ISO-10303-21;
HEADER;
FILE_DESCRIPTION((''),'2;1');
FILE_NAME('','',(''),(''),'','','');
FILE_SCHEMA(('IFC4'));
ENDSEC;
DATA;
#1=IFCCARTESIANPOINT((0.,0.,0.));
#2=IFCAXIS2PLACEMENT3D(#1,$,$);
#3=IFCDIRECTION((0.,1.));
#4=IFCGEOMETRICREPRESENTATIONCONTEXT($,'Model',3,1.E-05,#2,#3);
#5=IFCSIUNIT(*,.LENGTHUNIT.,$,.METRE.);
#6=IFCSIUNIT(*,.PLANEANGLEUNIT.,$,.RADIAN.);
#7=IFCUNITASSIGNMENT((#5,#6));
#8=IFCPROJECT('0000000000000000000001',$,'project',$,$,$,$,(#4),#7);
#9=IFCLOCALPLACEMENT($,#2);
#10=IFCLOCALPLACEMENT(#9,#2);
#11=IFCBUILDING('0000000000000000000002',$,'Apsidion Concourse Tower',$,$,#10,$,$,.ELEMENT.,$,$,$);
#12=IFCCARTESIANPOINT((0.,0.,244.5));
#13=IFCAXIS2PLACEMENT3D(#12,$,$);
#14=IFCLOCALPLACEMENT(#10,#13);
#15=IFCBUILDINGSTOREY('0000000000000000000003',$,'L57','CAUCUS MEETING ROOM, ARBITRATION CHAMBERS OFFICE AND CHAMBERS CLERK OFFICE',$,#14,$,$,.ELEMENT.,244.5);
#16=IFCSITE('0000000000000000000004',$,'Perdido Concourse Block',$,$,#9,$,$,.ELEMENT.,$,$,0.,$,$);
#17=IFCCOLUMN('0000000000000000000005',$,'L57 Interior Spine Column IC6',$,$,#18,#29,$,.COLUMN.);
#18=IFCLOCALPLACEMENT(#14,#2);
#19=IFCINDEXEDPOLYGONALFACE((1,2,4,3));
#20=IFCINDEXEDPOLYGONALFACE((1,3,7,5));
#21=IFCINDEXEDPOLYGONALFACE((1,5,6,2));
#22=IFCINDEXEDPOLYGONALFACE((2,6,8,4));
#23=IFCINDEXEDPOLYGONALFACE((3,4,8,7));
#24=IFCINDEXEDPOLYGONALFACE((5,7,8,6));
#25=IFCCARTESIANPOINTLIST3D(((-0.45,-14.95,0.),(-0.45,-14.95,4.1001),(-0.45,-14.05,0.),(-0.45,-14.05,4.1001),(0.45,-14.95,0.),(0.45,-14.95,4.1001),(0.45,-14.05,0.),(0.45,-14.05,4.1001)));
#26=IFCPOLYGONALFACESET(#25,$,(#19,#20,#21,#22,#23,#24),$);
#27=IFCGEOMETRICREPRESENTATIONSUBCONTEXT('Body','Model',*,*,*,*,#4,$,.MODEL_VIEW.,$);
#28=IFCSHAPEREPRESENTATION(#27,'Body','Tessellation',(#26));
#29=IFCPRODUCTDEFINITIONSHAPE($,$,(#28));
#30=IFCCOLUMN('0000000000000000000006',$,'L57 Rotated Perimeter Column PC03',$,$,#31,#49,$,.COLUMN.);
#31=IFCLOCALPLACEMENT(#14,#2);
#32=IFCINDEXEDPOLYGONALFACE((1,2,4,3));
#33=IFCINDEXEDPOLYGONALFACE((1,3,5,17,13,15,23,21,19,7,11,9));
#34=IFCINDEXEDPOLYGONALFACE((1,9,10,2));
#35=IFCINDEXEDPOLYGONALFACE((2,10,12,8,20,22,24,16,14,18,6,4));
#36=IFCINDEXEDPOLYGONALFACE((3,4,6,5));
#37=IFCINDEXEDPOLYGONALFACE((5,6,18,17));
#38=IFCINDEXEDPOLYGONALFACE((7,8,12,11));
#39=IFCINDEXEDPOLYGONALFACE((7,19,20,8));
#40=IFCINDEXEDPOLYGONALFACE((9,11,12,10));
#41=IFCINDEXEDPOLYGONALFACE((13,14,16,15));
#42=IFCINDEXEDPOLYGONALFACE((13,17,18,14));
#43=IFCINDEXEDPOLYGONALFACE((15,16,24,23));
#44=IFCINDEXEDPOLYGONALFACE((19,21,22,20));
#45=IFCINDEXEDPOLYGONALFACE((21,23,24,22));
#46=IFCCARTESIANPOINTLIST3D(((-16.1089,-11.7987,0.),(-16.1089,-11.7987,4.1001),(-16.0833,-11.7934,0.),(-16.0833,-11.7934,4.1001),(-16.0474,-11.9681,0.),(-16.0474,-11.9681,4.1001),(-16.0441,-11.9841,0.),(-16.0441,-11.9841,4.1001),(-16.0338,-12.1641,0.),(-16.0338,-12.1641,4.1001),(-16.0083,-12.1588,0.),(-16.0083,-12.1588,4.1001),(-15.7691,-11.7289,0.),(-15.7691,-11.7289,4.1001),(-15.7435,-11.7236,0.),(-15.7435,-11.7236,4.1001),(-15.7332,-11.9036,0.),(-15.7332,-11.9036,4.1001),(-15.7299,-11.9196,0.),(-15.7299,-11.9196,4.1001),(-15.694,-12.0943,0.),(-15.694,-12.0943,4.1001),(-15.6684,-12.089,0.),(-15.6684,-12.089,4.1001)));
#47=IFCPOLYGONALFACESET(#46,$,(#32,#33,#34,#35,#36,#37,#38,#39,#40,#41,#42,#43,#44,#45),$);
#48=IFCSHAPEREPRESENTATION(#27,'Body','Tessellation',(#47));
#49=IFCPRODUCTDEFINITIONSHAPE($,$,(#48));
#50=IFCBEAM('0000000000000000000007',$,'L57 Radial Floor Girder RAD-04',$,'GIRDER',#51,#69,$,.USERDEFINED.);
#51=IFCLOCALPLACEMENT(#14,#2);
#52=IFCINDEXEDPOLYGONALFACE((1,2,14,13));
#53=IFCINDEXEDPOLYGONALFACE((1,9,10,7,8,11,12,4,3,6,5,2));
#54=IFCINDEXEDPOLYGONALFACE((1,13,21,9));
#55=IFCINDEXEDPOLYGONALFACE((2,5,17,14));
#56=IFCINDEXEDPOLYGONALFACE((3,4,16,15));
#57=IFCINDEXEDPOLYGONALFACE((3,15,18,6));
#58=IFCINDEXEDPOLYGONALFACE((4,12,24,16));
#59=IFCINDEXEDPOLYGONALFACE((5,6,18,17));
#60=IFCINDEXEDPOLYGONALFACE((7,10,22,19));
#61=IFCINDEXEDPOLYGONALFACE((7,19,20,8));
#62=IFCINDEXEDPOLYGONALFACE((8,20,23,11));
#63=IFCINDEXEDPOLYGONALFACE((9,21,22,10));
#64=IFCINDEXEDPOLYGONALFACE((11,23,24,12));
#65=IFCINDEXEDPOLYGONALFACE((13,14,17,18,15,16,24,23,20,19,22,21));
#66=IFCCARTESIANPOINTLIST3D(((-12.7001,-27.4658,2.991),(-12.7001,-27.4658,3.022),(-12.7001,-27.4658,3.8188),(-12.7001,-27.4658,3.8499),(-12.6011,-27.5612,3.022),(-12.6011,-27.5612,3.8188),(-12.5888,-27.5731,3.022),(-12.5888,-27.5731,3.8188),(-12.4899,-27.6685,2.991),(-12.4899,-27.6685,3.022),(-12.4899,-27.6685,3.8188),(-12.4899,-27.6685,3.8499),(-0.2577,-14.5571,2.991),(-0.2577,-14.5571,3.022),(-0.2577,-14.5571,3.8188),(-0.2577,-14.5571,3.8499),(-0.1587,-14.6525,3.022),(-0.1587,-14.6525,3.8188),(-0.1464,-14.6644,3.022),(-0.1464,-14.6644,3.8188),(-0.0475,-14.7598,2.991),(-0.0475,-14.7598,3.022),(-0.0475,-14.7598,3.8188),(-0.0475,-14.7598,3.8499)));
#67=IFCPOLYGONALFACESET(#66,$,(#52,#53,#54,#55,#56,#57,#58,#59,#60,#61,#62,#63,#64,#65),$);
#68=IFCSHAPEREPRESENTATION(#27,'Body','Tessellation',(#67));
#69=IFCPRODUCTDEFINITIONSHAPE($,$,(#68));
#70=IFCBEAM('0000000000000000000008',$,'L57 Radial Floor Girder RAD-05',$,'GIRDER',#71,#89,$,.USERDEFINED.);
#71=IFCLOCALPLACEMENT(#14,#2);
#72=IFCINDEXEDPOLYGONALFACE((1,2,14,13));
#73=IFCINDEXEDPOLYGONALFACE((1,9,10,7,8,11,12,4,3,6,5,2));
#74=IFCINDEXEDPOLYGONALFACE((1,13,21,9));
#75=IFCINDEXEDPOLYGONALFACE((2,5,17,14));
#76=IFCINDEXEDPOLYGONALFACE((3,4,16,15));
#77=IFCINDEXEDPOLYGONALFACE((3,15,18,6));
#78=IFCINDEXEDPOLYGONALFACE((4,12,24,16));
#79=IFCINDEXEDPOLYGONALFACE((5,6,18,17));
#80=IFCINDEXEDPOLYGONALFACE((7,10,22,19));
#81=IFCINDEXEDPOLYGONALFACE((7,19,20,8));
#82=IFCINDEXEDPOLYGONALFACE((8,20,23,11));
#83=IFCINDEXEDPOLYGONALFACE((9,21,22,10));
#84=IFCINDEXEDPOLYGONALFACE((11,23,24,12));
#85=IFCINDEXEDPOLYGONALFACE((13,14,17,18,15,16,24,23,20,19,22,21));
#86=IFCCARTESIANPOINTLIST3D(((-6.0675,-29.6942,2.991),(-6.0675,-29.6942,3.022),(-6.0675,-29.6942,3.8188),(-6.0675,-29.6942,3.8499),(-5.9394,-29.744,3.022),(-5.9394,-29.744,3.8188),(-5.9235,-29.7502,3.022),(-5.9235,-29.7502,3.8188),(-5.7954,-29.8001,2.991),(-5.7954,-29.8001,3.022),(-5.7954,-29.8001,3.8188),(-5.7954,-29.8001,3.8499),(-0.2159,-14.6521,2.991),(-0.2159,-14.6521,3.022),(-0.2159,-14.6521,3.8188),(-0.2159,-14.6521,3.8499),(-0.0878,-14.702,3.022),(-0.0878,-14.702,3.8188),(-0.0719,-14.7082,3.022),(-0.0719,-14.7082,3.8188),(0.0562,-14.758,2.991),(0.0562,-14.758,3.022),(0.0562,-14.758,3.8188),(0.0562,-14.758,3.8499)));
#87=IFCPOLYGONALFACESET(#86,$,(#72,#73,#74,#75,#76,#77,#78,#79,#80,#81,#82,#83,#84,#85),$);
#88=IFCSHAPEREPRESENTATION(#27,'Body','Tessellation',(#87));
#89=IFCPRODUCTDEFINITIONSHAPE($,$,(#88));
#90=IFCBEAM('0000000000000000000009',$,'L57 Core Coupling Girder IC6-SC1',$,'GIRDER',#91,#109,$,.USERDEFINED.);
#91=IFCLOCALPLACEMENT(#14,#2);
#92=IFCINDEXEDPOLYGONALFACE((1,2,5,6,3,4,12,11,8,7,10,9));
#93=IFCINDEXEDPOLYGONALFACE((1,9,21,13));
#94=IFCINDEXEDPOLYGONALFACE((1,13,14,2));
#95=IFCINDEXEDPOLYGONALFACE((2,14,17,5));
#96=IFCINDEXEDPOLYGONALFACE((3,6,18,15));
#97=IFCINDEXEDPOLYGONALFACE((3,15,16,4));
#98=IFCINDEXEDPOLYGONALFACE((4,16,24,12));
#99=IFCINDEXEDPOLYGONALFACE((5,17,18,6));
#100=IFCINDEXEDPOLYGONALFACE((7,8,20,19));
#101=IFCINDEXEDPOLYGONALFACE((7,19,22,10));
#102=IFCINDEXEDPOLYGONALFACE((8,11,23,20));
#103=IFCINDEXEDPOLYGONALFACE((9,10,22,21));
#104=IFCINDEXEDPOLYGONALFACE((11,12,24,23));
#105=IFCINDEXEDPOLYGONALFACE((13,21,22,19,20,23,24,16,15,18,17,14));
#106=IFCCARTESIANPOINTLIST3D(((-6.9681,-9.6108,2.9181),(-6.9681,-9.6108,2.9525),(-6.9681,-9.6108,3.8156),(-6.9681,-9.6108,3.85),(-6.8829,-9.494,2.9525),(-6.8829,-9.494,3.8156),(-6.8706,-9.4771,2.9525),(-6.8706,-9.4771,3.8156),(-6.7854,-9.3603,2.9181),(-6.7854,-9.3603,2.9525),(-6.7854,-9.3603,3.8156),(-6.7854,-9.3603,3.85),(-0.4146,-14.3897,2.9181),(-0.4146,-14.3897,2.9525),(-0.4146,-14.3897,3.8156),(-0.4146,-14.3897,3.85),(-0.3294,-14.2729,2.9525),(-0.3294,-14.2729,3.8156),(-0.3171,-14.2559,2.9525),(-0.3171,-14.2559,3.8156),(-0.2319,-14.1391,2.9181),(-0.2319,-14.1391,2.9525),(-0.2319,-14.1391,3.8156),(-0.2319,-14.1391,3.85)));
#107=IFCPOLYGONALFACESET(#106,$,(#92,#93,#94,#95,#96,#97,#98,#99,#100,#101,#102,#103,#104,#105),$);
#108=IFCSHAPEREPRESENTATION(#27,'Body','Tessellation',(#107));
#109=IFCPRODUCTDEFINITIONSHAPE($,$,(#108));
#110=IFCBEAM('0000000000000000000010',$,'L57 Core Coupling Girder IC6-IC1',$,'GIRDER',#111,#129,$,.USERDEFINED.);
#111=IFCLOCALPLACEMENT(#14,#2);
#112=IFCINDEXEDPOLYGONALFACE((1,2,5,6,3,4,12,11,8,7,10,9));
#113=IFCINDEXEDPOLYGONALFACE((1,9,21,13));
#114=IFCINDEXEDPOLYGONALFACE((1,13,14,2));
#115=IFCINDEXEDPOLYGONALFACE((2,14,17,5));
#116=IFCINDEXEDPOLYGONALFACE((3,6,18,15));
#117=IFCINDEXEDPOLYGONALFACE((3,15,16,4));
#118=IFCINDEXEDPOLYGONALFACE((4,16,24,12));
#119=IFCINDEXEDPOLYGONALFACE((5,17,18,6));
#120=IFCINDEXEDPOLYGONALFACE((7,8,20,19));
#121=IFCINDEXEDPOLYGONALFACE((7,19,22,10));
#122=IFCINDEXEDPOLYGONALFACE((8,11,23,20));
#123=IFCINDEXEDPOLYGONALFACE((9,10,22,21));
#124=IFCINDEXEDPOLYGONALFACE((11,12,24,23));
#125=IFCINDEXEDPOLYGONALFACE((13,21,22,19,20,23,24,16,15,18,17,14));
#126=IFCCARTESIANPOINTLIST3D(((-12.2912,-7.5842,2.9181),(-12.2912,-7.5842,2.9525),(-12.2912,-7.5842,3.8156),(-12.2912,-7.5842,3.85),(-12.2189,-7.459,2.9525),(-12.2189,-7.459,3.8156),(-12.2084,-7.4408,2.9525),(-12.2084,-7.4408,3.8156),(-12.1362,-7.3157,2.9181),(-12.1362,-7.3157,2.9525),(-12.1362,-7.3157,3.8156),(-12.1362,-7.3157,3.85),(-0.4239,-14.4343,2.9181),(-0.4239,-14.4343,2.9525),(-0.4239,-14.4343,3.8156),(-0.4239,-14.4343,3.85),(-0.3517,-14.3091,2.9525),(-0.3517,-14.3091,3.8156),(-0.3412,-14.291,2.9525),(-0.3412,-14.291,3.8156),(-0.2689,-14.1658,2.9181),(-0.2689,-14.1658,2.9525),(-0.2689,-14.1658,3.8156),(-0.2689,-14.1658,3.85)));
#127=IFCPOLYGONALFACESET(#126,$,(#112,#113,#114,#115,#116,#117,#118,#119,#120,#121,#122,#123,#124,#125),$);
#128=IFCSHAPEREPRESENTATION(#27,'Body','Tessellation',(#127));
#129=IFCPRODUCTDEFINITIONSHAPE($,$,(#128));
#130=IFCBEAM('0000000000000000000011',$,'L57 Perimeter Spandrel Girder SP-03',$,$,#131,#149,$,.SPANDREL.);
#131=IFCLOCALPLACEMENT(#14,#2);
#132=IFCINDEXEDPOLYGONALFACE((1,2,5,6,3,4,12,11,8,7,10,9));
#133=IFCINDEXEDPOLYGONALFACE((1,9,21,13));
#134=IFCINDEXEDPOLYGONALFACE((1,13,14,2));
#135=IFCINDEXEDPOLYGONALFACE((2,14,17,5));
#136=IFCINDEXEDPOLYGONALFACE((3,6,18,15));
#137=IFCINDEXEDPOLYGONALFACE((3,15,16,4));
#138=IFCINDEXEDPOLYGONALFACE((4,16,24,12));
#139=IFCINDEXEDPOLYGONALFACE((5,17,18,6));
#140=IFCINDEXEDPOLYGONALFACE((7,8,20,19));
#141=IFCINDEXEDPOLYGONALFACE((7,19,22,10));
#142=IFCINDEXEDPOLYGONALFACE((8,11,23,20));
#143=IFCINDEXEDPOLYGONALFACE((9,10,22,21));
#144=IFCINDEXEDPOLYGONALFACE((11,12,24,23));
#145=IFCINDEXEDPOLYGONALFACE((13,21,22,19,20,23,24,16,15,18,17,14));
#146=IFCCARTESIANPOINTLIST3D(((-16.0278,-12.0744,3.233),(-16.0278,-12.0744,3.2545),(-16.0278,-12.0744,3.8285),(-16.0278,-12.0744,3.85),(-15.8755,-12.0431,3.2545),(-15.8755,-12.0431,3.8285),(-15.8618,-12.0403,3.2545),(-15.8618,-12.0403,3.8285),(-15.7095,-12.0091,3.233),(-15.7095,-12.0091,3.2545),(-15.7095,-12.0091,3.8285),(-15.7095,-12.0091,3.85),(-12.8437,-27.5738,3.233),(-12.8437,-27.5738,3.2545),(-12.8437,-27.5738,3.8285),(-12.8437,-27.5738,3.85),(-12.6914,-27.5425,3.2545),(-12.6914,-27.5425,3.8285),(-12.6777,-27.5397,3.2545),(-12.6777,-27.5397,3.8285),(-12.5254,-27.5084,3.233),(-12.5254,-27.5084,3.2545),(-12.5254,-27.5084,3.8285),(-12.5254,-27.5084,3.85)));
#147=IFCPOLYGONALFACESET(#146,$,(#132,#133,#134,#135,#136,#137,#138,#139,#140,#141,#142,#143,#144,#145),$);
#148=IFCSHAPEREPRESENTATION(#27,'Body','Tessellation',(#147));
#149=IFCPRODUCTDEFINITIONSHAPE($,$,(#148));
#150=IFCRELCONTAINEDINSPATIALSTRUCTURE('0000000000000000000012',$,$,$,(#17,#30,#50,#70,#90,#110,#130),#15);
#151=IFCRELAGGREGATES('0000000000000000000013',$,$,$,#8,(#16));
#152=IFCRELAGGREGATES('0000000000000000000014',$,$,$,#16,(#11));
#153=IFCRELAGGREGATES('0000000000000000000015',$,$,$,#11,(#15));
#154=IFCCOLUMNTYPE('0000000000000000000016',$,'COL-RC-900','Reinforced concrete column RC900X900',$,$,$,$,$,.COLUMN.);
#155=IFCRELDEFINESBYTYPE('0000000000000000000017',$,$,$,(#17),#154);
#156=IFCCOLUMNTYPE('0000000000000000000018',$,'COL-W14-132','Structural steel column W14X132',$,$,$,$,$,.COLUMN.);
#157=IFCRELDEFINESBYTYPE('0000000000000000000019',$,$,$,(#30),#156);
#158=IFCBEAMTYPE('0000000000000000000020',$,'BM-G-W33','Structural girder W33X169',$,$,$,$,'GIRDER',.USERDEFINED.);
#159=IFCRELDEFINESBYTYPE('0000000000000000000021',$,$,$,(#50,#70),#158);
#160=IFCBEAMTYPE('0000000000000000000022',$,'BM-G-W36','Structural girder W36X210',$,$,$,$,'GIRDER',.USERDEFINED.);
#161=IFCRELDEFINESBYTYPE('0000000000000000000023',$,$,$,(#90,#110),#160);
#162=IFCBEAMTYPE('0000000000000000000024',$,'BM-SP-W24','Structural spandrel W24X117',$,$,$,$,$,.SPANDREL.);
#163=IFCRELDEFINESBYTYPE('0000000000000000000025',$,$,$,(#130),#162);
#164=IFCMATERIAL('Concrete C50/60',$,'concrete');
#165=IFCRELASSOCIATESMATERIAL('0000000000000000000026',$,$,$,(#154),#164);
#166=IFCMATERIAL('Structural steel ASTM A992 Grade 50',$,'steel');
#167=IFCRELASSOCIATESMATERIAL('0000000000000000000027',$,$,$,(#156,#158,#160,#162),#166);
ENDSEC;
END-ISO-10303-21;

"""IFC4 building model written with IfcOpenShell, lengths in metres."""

from ifc_helpers import new_model, si_unit, direction, frame, origin, origin_2d, place, context, subcontext, project, spatial, rectangle, i_section, extrude, material, material_profile, profile_set, type_object, element, save


model = new_model("IFC4")

# Units and contexts
model_context = context("Model", 3, precision=1e-05, world=origin(), true_north=direction((0.0, 1.0)))
body_context = subcontext(model_context, "Body", "Model", "MODEL_VIEW")
ifc_project = project(units=[si_unit("LENGTHUNIT", "METRE"), si_unit("PLANEANGLEUNIT", "RADIAN")], contexts=[model_context])

# Site, building, storey
site_placement = place(None, origin())
site = spatial("IfcSite", under=ifc_project, at=site_placement, Name="Perdido Concourse Block", CompositionType="ELEMENT", RefElevation=0.0)
building_placement = place(site_placement, origin())
building = spatial("IfcBuilding", under=site, at=building_placement, Name="Apsidion Concourse Tower", CompositionType="ELEMENT")
storey_placement = place(building_placement, frame((0.0, 0.0, 244.5)))
storey = spatial("IfcBuildingStorey", under=building, at=storey_placement, Name="L57", Description="CAUCUS MEETING ROOM, ARBITRATION CHAMBERS OFFICE AND CHAMBERS CLERK OFFICE", CompositionType="ELEMENT", Elevation=244.5)

# Columns
ifc_material_1 = material(Name="Concrete C50/60", Category="concrete")
ifc_material_profile_1 = material_profile(ifc_material_1, rectangle(XDim=0.8999, YDim=0.8999, at=origin_2d()), Name="RC 900x900")
ifc_profile_set_1 = profile_set([ifc_material_profile_1], Name="Concrete C50/60")
column_type_1 = type_object("IfcColumnType", Name="COL-RC-900", Description="Reinforced concrete column RC900X900", PredefinedType="COLUMN", material=ifc_profile_set_1)
column_1_placement = place(storey_placement, frame((0.0, -14.5, 0.0), z_axis=(0.0, 0.0, 1.0), x_axis=(1.0, 0.0, 0.0)))
element("IfcColumn", 1, at=column_1_placement, inside=storey, type_object=column_type_1, Name="L57 Interior Spine Column IC6", PredefinedType="COLUMN", context=body_context, shape_type="SweptSolid", body=[
    extrude(rectangle(XDim=0.8999, YDim=0.8999, at=origin_2d()), origin(), (0.0, 0.0, 1.0), 4.1001),
])
ifc_material_2 = material(Name="Structural steel ASTM A992 Grade 50", Category="steel")
ifc_material_profile_2 = material_profile(ifc_material_2, i_section(OverallWidth=0.373, OverallDepth=0.373, WebThickness=0.0164, FlangeThickness=0.0261, at=origin_2d()), Name="W14X132")
ifc_profile_set_2 = profile_set([ifc_material_profile_2], Name="Structural steel ASTM A992 Grade 50")
column_type_2 = type_object("IfcColumnType", Name="COL-W14-132", Description="Structural steel column W14X132", PredefinedType="COLUMN", material=ifc_profile_set_2)
column_2_placement = place(storey_placement, frame((-15.8887, -11.9438, 0.0), z_axis=(0.0, 0.0, 1.0), x_axis=(-0.201249, 0.97954, 0.0)))
element("IfcColumn", 2, at=column_2_placement, inside=storey, type_object=column_type_2, Name="L57 Rotated Perimeter Column PC03", PredefinedType="COLUMN", context=body_context, shape_type="SweptSolid", body=[
    extrude(i_section(OverallWidth=0.373, OverallDepth=0.373, WebThickness=0.0164, FlangeThickness=0.0261, at=origin_2d()), origin(), (0.0, 0.0, 1.0), 4.1001),
])

# Beams
ifc_material_profile_3 = material_profile(ifc_material_2, i_section(OverallWidth=0.292, OverallDepth=0.8589, WebThickness=0.0171, FlangeThickness=0.031, at=origin_2d()), Name="W33X169")
ifc_profile_set_3 = profile_set([ifc_material_profile_3], Name="Structural steel ASTM A992 Grade 50")
beam_type_1 = type_object("IfcBeamType", Name="BM-G-W33", Description="Structural girder W33X169", ElementType="GIRDER", PredefinedType="USERDEFINED", material=ifc_profile_set_3)
beam_1_placement = place(storey_placement, frame((-0.1526, -14.6584, 3.4204), z_axis=(-0.693983, -0.719992, 0.0), x_axis=(0.719992, -0.693983, 0.0)))
element("IfcBeam", 3, at=beam_1_placement, inside=storey, type_object=beam_type_1, Name="L57 Radial Floor Girder RAD-04", ObjectType="GIRDER", PredefinedType="USERDEFINED", context=body_context, shape_type="SweptSolid", body=[
    extrude(i_section(OverallWidth=0.292, OverallDepth=0.8589, WebThickness=0.0171, FlangeThickness=0.031, at=origin_2d()), origin(), (0.0, 0.0, 1.0), 17.929),
])
beam_2_placement = place(storey_placement, frame((-0.0798, -14.7051, 3.4204), z_axis=(-0.362548, -0.931965, 0.0), x_axis=(0.931965, -0.362548, 0.0)))
element("IfcBeam", 4, at=beam_2_placement, inside=storey, type_object=beam_type_1, Name="L57 Radial Floor Girder RAD-05", ObjectType="GIRDER", PredefinedType="USERDEFINED", context=body_context, shape_type="SweptSolid", body=[
    extrude(i_section(OverallWidth=0.292, OverallDepth=0.8589, WebThickness=0.0171, FlangeThickness=0.031, at=origin_2d()), origin(), (0.0, 0.0, 1.0), 16.1401),
])
ifc_material_profile_4 = material_profile(ifc_material_2, i_section(OverallWidth=0.3101, OverallDepth=0.9319, WebThickness=0.021, FlangeThickness=0.0344, at=origin_2d()), Name="W36X210")
ifc_profile_set_4 = profile_set([ifc_material_profile_4], Name="Structural steel ASTM A992 Grade 50")
beam_type_2 = type_object("IfcBeamType", Name="BM-G-W36", Description="Structural girder W36X210", ElementType="GIRDER", PredefinedType="USERDEFINED", material=ifc_profile_set_4)
beam_3_placement = place(storey_placement, frame((-0.3232, -14.2644, 3.384), z_axis=(-0.807993, 0.589191, 0.0), x_axis=(-0.589191, -0.807993, 0.0)))
element("IfcBeam", 5, at=beam_3_placement, inside=storey, type_object=beam_type_2, Name="L57 Core Coupling Girder IC6-SC1", ObjectType="GIRDER", PredefinedType="USERDEFINED", context=body_context, shape_type="SweptSolid", body=[
    extrude(i_section(OverallWidth=0.3101, OverallDepth=0.9319, WebThickness=0.021, FlangeThickness=0.0344, at=origin_2d()), origin(), (0.0, 0.0, 1.0), 8.1108),
])
beam_4_placement = place(storey_placement, frame((-0.3464, -14.3, 3.384), z_axis=(-0.86607, 0.499922, 0.0), x_axis=(-0.499922, -0.86607, 0.0)))
element("IfcBeam", 6, at=beam_4_placement, inside=storey, type_object=beam_type_2, Name="L57 Core Coupling Girder IC6-IC1", ObjectType="GIRDER", PredefinedType="USERDEFINED", context=body_context, shape_type="SweptSolid", body=[
    extrude(i_section(OverallWidth=0.3101, OverallDepth=0.9319, WebThickness=0.021, FlangeThickness=0.0344, at=origin_2d()), origin(), (0.0, 0.0, 1.0), 13.7024),
])
ifc_material_profile_5 = material_profile(ifc_material_2, i_section(OverallWidth=0.325, OverallDepth=0.6169, WebThickness=0.0139, FlangeThickness=0.0215, at=origin_2d()), Name="W24X117")
ifc_profile_set_5 = profile_set([ifc_material_profile_5], Name="Structural steel ASTM A992 Grade 50")
beam_type_3 = type_object("IfcBeamType", Name="BM-SP-W24", Description="Structural spandrel W24X117", PredefinedType="SPANDREL", material=ifc_profile_set_5)
beam_5_placement = place(storey_placement, frame((-15.8687, -12.0417, 3.5415), z_axis=(0.201232, -0.979544, 0.0), x_axis=(0.979544, 0.201232, 0.0)))
element("IfcBeam", 7, at=beam_5_placement, inside=storey, type_object=beam_type_3, Name="L57 Perimeter Spandrel Girder SP-03", PredefinedType="SPANDREL", context=body_context, shape_type="SweptSolid", body=[
    extrude(i_section(OverallWidth=0.325, OverallDepth=0.6169, WebThickness=0.0139, FlangeThickness=0.0215, at=origin_2d()), origin(), (0.0, 0.0, 1.0), 15.823),
])

save(model, "model.ifc")
